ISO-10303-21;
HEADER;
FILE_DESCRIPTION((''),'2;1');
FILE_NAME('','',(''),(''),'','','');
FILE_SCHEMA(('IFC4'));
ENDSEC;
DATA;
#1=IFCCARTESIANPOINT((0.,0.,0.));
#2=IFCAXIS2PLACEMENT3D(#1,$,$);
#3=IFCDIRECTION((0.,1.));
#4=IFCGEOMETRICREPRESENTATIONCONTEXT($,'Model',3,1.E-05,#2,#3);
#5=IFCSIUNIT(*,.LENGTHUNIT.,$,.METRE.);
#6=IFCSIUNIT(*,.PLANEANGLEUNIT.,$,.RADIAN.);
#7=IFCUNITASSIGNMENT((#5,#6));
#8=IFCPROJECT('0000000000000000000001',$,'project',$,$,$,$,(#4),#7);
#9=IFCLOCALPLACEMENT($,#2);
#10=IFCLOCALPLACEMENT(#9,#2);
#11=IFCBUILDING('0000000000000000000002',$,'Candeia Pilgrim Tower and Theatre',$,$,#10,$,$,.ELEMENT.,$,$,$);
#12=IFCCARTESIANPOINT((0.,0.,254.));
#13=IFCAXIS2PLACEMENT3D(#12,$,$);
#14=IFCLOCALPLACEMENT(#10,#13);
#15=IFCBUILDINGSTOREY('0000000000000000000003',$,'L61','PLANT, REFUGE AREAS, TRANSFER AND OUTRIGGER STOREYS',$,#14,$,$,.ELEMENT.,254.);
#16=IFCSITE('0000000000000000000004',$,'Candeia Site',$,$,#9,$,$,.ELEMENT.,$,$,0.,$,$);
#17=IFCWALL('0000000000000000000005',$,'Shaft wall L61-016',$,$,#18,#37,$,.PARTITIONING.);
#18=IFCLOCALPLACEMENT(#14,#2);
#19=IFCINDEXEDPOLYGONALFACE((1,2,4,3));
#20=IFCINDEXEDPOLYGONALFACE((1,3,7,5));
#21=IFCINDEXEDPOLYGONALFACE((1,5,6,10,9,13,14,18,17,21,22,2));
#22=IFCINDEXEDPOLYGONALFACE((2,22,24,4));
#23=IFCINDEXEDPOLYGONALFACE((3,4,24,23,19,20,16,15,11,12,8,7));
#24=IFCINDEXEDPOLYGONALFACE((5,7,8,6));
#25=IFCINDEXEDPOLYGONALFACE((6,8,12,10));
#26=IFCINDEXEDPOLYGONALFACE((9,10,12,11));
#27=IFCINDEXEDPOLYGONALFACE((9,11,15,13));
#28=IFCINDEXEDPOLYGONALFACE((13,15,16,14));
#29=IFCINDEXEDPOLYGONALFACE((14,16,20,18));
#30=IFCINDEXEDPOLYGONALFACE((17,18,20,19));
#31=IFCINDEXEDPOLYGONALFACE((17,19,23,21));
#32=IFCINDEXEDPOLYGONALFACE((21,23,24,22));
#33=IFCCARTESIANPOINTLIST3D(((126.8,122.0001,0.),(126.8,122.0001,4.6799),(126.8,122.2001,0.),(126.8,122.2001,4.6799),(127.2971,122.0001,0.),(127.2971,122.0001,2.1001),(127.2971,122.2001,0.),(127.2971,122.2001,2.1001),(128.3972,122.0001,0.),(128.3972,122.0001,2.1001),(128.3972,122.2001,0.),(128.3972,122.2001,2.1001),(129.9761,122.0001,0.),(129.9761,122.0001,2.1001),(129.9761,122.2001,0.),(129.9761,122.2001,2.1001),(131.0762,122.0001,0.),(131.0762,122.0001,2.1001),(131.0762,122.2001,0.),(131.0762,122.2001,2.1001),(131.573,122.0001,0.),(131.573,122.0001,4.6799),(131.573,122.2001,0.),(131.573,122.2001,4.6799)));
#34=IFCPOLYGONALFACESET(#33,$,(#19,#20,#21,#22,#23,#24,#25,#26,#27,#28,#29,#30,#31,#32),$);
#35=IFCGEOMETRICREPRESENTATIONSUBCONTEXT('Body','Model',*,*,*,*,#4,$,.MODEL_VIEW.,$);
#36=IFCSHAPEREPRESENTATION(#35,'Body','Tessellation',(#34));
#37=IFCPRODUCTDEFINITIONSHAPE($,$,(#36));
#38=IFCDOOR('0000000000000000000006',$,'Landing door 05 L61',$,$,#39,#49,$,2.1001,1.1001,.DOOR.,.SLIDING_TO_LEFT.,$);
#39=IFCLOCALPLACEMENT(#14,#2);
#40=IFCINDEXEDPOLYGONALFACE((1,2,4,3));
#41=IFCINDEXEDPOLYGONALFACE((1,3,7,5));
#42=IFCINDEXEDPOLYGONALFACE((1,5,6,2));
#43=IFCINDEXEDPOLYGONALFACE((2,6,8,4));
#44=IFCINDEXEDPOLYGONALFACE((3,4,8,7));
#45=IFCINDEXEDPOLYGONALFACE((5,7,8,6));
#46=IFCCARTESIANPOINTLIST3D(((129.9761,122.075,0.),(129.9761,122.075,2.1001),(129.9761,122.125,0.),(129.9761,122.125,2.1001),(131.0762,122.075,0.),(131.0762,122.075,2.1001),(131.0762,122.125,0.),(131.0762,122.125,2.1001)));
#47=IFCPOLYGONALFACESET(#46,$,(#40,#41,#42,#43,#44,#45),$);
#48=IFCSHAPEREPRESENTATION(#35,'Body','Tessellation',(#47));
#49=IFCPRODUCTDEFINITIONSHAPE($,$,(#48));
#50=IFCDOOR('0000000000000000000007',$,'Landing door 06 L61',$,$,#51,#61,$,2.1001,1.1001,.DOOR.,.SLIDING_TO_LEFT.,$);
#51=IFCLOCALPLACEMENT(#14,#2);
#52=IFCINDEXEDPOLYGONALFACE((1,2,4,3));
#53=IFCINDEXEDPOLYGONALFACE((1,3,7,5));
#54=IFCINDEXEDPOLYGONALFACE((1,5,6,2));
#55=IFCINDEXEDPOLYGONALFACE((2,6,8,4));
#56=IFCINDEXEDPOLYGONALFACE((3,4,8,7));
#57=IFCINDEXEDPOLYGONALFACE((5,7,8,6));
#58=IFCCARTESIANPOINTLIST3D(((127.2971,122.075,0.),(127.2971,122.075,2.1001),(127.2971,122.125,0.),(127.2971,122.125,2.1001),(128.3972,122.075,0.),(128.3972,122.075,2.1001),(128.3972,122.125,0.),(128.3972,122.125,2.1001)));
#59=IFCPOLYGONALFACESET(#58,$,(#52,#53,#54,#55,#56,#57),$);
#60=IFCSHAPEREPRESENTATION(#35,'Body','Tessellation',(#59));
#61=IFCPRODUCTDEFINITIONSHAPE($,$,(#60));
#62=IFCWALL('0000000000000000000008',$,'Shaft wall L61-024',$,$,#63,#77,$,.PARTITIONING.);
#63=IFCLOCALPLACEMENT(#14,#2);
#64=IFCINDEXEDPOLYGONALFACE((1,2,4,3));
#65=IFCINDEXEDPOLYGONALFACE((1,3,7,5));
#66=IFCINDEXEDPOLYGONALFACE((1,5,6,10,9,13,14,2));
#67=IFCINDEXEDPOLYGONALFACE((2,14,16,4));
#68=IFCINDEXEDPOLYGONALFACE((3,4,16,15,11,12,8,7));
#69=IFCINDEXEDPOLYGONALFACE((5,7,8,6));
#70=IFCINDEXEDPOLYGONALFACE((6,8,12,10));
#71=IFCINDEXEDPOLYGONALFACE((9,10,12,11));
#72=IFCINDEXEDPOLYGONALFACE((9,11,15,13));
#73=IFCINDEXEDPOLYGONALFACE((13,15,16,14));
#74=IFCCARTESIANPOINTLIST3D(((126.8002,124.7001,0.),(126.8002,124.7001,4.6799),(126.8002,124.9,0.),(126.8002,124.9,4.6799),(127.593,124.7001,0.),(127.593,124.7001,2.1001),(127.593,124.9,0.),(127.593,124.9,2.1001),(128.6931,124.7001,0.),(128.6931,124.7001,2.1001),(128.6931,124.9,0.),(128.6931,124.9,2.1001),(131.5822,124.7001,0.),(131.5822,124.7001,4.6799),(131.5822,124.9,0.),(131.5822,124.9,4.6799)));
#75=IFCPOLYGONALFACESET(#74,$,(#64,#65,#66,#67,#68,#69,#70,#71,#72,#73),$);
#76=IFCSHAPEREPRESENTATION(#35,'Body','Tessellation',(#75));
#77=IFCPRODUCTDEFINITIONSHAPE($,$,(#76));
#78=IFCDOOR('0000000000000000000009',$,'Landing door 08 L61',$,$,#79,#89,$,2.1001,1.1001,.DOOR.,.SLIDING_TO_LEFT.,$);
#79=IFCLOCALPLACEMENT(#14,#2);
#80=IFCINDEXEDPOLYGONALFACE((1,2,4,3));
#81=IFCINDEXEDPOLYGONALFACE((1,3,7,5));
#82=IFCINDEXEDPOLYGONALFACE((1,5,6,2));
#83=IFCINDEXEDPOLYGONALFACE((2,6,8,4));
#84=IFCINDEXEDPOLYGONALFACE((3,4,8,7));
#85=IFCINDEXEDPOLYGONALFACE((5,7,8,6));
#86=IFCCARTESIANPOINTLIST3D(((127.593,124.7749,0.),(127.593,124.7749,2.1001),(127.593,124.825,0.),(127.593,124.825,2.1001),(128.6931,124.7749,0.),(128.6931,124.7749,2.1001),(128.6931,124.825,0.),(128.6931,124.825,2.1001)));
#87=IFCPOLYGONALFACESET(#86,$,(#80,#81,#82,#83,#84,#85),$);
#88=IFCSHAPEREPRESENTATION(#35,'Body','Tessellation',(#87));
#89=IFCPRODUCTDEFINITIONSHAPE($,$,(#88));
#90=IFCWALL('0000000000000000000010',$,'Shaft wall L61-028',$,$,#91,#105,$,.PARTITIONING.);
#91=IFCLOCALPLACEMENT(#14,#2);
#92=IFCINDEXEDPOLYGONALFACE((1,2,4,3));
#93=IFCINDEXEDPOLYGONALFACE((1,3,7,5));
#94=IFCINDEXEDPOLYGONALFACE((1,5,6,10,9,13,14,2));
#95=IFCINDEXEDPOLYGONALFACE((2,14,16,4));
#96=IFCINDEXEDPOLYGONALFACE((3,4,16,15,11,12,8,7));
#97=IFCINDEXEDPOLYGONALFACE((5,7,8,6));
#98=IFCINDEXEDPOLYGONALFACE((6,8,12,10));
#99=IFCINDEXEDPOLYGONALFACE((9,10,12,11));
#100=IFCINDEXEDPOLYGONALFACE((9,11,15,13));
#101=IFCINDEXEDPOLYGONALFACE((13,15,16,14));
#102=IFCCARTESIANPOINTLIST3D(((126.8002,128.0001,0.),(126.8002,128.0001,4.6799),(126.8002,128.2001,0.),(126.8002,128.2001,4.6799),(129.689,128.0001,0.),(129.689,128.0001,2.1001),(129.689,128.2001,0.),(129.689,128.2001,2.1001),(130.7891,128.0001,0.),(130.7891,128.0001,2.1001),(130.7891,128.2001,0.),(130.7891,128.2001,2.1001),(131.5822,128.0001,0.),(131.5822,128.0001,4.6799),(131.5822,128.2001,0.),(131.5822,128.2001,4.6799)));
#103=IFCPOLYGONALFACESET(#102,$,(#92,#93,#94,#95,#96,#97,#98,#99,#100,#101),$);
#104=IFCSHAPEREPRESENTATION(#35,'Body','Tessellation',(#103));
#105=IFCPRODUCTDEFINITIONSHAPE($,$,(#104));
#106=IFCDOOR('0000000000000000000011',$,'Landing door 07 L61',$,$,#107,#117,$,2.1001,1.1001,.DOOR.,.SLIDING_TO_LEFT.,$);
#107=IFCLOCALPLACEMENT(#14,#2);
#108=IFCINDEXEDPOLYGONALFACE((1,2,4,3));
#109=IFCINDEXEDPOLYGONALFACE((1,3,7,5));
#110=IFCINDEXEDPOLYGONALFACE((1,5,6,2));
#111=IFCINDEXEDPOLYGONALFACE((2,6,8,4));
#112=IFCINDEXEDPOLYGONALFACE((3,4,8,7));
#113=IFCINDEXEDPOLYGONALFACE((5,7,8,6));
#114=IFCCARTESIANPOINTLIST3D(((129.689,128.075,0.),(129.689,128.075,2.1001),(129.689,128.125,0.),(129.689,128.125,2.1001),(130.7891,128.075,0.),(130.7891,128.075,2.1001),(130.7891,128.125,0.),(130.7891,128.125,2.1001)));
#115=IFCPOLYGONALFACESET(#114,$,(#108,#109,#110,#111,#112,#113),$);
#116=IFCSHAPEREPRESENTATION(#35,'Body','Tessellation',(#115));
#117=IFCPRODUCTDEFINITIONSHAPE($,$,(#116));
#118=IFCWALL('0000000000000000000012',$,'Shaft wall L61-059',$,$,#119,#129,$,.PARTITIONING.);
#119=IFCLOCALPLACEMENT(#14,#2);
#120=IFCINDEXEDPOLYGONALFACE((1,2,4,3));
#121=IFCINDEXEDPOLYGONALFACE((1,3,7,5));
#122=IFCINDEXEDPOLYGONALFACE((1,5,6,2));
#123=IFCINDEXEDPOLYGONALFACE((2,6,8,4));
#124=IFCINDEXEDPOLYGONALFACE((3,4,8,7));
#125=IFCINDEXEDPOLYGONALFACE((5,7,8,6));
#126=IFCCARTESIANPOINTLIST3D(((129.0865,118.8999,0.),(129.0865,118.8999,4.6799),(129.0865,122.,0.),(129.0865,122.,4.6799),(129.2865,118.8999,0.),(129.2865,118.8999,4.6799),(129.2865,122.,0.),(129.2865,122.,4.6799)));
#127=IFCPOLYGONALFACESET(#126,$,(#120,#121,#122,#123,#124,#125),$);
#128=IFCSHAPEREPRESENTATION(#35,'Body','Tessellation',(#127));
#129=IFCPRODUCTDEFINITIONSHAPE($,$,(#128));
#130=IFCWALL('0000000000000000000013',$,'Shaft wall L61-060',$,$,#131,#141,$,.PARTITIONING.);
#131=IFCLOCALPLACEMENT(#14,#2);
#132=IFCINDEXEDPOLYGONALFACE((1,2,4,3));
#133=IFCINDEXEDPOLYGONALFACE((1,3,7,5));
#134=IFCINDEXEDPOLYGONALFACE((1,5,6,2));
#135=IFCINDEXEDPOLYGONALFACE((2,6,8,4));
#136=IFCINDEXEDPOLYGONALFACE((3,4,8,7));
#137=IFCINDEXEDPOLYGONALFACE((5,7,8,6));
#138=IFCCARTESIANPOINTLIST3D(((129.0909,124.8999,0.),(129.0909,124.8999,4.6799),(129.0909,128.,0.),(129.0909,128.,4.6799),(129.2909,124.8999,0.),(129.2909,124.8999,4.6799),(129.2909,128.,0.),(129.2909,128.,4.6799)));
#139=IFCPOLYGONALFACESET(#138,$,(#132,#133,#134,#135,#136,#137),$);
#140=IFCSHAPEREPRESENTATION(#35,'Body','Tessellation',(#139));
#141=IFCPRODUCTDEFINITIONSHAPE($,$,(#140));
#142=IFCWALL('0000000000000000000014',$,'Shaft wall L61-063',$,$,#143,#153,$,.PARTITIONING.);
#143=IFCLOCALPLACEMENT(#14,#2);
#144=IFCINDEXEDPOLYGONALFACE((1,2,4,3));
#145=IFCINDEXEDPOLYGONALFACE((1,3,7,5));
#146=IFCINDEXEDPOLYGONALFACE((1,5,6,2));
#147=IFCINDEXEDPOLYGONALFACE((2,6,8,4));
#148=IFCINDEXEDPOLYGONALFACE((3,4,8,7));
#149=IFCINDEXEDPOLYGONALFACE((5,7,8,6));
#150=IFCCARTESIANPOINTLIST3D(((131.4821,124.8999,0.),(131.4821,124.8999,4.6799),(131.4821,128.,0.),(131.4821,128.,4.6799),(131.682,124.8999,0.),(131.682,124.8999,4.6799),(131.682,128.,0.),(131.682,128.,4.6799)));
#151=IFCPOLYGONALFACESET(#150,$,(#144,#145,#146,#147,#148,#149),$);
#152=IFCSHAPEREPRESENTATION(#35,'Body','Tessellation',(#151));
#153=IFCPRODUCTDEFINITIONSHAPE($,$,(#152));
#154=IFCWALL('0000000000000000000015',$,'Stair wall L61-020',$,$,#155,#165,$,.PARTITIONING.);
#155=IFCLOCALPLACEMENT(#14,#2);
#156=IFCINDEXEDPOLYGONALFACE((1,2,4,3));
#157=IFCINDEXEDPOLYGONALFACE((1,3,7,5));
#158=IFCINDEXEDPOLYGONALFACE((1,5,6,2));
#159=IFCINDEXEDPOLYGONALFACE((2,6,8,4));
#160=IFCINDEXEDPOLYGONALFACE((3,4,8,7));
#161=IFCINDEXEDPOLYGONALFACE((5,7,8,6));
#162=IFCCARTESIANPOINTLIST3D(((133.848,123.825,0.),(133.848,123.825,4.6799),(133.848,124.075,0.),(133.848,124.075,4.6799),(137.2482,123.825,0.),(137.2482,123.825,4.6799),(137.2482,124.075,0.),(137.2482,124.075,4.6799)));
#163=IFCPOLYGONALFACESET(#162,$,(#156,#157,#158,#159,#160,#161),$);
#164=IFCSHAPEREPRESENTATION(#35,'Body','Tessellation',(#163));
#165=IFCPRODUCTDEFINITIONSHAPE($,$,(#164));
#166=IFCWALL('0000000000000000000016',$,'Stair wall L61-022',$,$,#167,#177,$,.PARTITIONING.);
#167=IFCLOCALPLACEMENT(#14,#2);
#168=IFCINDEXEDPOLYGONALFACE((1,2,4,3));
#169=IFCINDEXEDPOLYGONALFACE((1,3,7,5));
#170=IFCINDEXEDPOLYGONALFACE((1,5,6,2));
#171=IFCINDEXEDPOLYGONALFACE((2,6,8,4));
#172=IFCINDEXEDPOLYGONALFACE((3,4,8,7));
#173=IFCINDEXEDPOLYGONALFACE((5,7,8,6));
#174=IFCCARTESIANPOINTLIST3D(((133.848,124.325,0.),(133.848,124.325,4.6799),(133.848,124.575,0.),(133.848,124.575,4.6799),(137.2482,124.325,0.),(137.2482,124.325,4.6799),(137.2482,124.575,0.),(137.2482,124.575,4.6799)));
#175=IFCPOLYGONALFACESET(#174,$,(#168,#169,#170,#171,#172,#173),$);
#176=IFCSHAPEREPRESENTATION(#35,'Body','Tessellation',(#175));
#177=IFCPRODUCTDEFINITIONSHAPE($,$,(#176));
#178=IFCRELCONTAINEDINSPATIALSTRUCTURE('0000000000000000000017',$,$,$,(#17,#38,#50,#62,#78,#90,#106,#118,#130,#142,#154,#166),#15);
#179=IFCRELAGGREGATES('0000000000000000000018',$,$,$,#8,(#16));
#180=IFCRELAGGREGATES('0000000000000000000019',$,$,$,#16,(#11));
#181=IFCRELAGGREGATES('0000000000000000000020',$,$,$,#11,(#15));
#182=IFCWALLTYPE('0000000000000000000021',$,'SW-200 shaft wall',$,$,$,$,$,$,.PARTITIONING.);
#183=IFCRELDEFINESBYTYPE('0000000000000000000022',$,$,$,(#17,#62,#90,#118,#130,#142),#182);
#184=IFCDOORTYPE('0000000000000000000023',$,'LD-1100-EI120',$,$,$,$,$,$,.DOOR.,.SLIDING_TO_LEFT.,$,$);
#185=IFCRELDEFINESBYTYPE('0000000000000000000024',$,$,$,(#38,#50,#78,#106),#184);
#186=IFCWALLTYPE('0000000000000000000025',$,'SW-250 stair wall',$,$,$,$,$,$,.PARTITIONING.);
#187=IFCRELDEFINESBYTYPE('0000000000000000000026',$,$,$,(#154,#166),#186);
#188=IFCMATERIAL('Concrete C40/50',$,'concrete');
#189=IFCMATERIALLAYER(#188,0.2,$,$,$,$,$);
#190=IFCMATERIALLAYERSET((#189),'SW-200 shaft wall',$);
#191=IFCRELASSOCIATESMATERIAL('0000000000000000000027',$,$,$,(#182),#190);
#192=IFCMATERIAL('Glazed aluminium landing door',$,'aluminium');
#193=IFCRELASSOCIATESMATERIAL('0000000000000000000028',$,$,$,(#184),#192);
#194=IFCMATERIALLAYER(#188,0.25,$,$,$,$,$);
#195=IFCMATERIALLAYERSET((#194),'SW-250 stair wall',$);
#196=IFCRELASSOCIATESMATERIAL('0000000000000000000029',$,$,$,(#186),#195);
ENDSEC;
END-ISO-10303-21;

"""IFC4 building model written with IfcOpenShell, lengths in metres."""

from ifc_helpers import new_model, si_unit, direction, frame, frame_2d, origin, place, context, subcontext, project, spatial, rectangle, extrude, material, layer, layer_set, type_object, element, fill, save


model = new_model("IFC4")

# Units and contexts
model_context = context("Model", 3, precision=1e-05, world=origin(), true_north=direction((0.0, 1.0)))
body_context = subcontext(model_context, "Body", "Model", "MODEL_VIEW")
ifc_project = project(units=[si_unit("LENGTHUNIT", "METRE"), si_unit("PLANEANGLEUNIT", "RADIAN")], contexts=[model_context])

# Site, building, storey
site_placement = place(None, origin())
site = spatial("IfcSite", under=ifc_project, at=site_placement, Name="Candeia Site", CompositionType="ELEMENT", RefElevation=0.0)
building_placement = place(site_placement, origin())
building = spatial("IfcBuilding", under=site, at=building_placement, Name="Candeia Pilgrim Tower and Theatre", CompositionType="ELEMENT")
storey_placement = place(building_placement, frame((0.0, 0.0, 254.0)))
storey = spatial("IfcBuildingStorey", under=building, at=storey_placement, Name="L61", Description="PLANT, REFUGE AREAS, TRANSFER AND OUTRIGGER STOREYS", CompositionType="ELEMENT", Elevation=254.0)

# Wall, openings, doors
ifc_material_1 = material(Name="Concrete C40/50", Category="concrete")
ifc_layer_1 = layer(ifc_material_1, 0.2)
ifc_layer_set_1 = layer_set([ifc_layer_1], Name="SW-200 shaft wall")
wall_type_1 = type_object("IfcWallType", Name="SW-200 shaft wall", PredefinedType="PARTITIONING", material=ifc_layer_set_1)
wall_1_placement = place(storey_placement, frame((126.8, 122.1001, 0.0), z_axis=(0.0, 0.0, 1.0), x_axis=(1.0, 0.0, 0.0)))
wall_1 = element("IfcWall", 1, at=wall_1_placement, inside=storey, type_object=wall_type_1, Name="Shaft wall L61-016", PredefinedType="PARTITIONING", context=body_context, shape_type="SweptSolid", body=[
    extrude(rectangle(XDim=4.7729, YDim=0.2, at=frame_2d((2.3865, 0.0))), origin(), (0.0, 0.0, 1.0), 4.6799),
])
opening_1_placement = place(wall_1_placement, frame((3.176, 0.0, 0.0)))
opening_1 = element("IfcOpeningElement", 2, at=opening_1_placement, cuts=wall_1, PredefinedType="OPENING", context=body_context, shape_type="SweptSolid", body=[
    extrude(rectangle(XDim=1.1001, YDim=2.1001, at=frame_2d((0.55, 1.05))), frame((0.0, 0.1099, 0.0), z_axis=(0.0, -1.0, 0.0), x_axis=(1.0, 0.0, 0.0)), (0.0, 0.0, 1.0), 0.22),
])
opening_2_placement = place(wall_1_placement, frame((0.4971, 0.0, 0.0)))
opening_2 = element("IfcOpeningElement", 3, at=opening_2_placement, cuts=wall_1, PredefinedType="OPENING", context=body_context, shape_type="SweptSolid", body=[
    extrude(rectangle(XDim=1.1001, YDim=2.1001, at=frame_2d((0.55, 1.05))), frame((0.0, 0.1099, 0.0), z_axis=(0.0, -1.0, 0.0), x_axis=(1.0, 0.0, 0.0)), (0.0, 0.0, 1.0), 0.22),
])
ifc_material_2 = material(Name="Glazed aluminium landing door", Category="aluminium")
door_type_1 = type_object("IfcDoorType", Name="LD-1100-EI120", OperationType="SLIDING_TO_LEFT", PredefinedType="DOOR", material=ifc_material_2)
door_1_placement = place(opening_1_placement, origin())
door_1 = element("IfcDoor", 4, at=door_1_placement, inside=storey, type_object=door_type_1, Name="Landing door 05 L61", OperationType="SLIDING_TO_LEFT", OverallHeight=2.1001, OverallWidth=1.1001, PredefinedType="DOOR", context=body_context, shape_type="SweptSolid", body=[
    extrude(rectangle(XDim=1.1001, YDim=2.1001, at=frame_2d((0.55, 1.05))), frame((0.0, 0.0249, 0.0), z_axis=(0.0, -1.0, 0.0), x_axis=(1.0, 0.0, 0.0)), (0.0, 0.0, 1.0), 0.05),
])
fill(opening_1, door_1)
door_2_placement = place(opening_2_placement, origin())
door_2 = element("IfcDoor", 5, at=door_2_placement, inside=storey, type_object=door_type_1, Name="Landing door 06 L61", OperationType="SLIDING_TO_LEFT", OverallHeight=2.1001, OverallWidth=1.1001, PredefinedType="DOOR", context=body_context, shape_type="SweptSolid", body=[
    extrude(rectangle(XDim=1.1001, YDim=2.1001, at=frame_2d((0.55, 1.05))), frame((0.0, 0.0249, 0.0), z_axis=(0.0, -1.0, 0.0), x_axis=(1.0, 0.0, 0.0)), (0.0, 0.0, 1.0), 0.05),
])
fill(opening_2, door_2)

# Walls, openings, doors
wall_2_placement = place(storey_placement, frame((126.8, 124.8, 0.0), z_axis=(0.0, 0.0, 1.0), x_axis=(1.0, 0.0, 0.0)))
wall_2 = element("IfcWall", 6, at=wall_2_placement, inside=storey, type_object=wall_type_1, Name="Shaft wall L61-024", PredefinedType="PARTITIONING", context=body_context, shape_type="SweptSolid", body=[
    extrude(rectangle(XDim=4.782, YDim=0.2, at=frame_2d((2.3911, 0.0))), origin(), (0.0, 0.0, 1.0), 4.6799),
])
opening_3_placement = place(wall_2_placement, frame((0.793, 0.0, 0.0)))
opening_3 = element("IfcOpeningElement", 7, at=opening_3_placement, cuts=wall_2, PredefinedType="OPENING", context=body_context, shape_type="SweptSolid", body=[
    extrude(rectangle(XDim=1.1001, YDim=2.1001, at=frame_2d((0.55, 1.05))), frame((0.0, 0.1099, 0.0), z_axis=(0.0, -1.0, 0.0), x_axis=(1.0, 0.0, 0.0)), (0.0, 0.0, 1.0), 0.22),
])
door_3_placement = place(opening_3_placement, origin())
door_3 = element("IfcDoor", 8, at=door_3_placement, inside=storey, type_object=door_type_1, Name="Landing door 08 L61", OperationType="SLIDING_TO_LEFT", OverallHeight=2.1001, OverallWidth=1.1001, PredefinedType="DOOR", context=body_context, shape_type="SweptSolid", body=[
    extrude(rectangle(XDim=1.1001, YDim=2.1001, at=frame_2d((0.55, 1.05))), frame((0.0, 0.0249, 0.0), z_axis=(0.0, -1.0, 0.0), x_axis=(1.0, 0.0, 0.0)), (0.0, 0.0, 1.0), 0.05),
])
fill(opening_3, door_3)
wall_3_placement = place(storey_placement, frame((126.8, 128.1001, 0.0), z_axis=(0.0, 0.0, 1.0), x_axis=(1.0, 0.0, 0.0)))
wall_3 = element("IfcWall", 9, at=wall_3_placement, inside=storey, type_object=wall_type_1, Name="Shaft wall L61-028", PredefinedType="PARTITIONING", context=body_context, shape_type="SweptSolid", body=[
    extrude(rectangle(XDim=4.782, YDim=0.2, at=frame_2d((2.3911, 0.0))), origin(), (0.0, 0.0, 1.0), 4.6799),
])
opening_4_placement = place(wall_3_placement, frame((2.8889, 0.0, 0.0)))
opening_4 = element("IfcOpeningElement", 10, at=opening_4_placement, cuts=wall_3, PredefinedType="OPENING", context=body_context, shape_type="SweptSolid", body=[
    extrude(rectangle(XDim=1.1001, YDim=2.1001, at=frame_2d((0.55, 1.05))), frame((0.0, 0.1099, 0.0), z_axis=(0.0, -1.0, 0.0), x_axis=(1.0, 0.0, 0.0)), (0.0, 0.0, 1.0), 0.22),
])
door_4_placement = place(opening_4_placement, origin())
door_4 = element("IfcDoor", 11, at=door_4_placement, inside=storey, type_object=door_type_1, Name="Landing door 07 L61", OperationType="SLIDING_TO_LEFT", OverallHeight=2.1001, OverallWidth=1.1001, PredefinedType="DOOR", context=body_context, shape_type="SweptSolid", body=[
    extrude(rectangle(XDim=1.1001, YDim=2.1001, at=frame_2d((0.55, 1.05))), frame((0.0, 0.0249, 0.0), z_axis=(0.0, -1.0, 0.0), x_axis=(1.0, 0.0, 0.0)), (0.0, 0.0, 1.0), 0.05),
])
fill(opening_4, door_4)

# Walls
for number, where, z_axis, x_axis, name in (
    (12, (129.1865, 118.8999, 0.0), (0.0, 0.0, 1.0), (0.0, 1.0, 0.0), "Shaft wall L61-059"),
    (13, (129.1909, 124.8999, 0.0), (0.0, 0.0, 1.0), (0.0, 1.0, 0.0), "Shaft wall L61-060"),
    (14, (131.582, 124.8999, 0.0), (0.0, 0.0, 1.0), (0.0, 1.0, 0.0), "Shaft wall L61-063"),
):
    element("IfcWall", number, at=place(storey_placement, frame(where, z_axis=z_axis, x_axis=x_axis)), inside=storey, type_object=wall_type_1, Name=name, PredefinedType="PARTITIONING", context=body_context, shape_type="SweptSolid", body=[
        extrude(rectangle(XDim=3.1001, YDim=0.2, at=frame_2d((1.55, 0.0))), origin(), (0.0, 0.0, 1.0), 4.6799),
    ])
ifc_layer_2 = layer(ifc_material_1, 0.25)
ifc_layer_set_2 = layer_set([ifc_layer_2], Name="SW-250 stair wall")
wall_type_2 = type_object("IfcWallType", Name="SW-250 stair wall", PredefinedType="PARTITIONING", material=ifc_layer_set_2)
for number, where, z_axis, x_axis, name in (
    (15, (133.8479, 123.95, 0.0), (0.0, 0.0, 1.0), (1.0, 0.0, 0.0), "Stair wall L61-020"),
    (16, (133.8479, 124.45, 0.0), (0.0, 0.0, 1.0), (1.0, 0.0, 0.0), "Stair wall L61-022"),
):
    element("IfcWall", number, at=place(storey_placement, frame(where, z_axis=z_axis, x_axis=x_axis)), inside=storey, type_object=wall_type_2, Name=name, PredefinedType="PARTITIONING", context=body_context, shape_type="SweptSolid", body=[
        extrude(rectangle(XDim=3.4001, YDim=0.25, at=frame_2d((1.7002, 0.0))), origin(), (0.0, 0.0, 1.0), 4.6799),
    ])

save(model, "model.ifc")
